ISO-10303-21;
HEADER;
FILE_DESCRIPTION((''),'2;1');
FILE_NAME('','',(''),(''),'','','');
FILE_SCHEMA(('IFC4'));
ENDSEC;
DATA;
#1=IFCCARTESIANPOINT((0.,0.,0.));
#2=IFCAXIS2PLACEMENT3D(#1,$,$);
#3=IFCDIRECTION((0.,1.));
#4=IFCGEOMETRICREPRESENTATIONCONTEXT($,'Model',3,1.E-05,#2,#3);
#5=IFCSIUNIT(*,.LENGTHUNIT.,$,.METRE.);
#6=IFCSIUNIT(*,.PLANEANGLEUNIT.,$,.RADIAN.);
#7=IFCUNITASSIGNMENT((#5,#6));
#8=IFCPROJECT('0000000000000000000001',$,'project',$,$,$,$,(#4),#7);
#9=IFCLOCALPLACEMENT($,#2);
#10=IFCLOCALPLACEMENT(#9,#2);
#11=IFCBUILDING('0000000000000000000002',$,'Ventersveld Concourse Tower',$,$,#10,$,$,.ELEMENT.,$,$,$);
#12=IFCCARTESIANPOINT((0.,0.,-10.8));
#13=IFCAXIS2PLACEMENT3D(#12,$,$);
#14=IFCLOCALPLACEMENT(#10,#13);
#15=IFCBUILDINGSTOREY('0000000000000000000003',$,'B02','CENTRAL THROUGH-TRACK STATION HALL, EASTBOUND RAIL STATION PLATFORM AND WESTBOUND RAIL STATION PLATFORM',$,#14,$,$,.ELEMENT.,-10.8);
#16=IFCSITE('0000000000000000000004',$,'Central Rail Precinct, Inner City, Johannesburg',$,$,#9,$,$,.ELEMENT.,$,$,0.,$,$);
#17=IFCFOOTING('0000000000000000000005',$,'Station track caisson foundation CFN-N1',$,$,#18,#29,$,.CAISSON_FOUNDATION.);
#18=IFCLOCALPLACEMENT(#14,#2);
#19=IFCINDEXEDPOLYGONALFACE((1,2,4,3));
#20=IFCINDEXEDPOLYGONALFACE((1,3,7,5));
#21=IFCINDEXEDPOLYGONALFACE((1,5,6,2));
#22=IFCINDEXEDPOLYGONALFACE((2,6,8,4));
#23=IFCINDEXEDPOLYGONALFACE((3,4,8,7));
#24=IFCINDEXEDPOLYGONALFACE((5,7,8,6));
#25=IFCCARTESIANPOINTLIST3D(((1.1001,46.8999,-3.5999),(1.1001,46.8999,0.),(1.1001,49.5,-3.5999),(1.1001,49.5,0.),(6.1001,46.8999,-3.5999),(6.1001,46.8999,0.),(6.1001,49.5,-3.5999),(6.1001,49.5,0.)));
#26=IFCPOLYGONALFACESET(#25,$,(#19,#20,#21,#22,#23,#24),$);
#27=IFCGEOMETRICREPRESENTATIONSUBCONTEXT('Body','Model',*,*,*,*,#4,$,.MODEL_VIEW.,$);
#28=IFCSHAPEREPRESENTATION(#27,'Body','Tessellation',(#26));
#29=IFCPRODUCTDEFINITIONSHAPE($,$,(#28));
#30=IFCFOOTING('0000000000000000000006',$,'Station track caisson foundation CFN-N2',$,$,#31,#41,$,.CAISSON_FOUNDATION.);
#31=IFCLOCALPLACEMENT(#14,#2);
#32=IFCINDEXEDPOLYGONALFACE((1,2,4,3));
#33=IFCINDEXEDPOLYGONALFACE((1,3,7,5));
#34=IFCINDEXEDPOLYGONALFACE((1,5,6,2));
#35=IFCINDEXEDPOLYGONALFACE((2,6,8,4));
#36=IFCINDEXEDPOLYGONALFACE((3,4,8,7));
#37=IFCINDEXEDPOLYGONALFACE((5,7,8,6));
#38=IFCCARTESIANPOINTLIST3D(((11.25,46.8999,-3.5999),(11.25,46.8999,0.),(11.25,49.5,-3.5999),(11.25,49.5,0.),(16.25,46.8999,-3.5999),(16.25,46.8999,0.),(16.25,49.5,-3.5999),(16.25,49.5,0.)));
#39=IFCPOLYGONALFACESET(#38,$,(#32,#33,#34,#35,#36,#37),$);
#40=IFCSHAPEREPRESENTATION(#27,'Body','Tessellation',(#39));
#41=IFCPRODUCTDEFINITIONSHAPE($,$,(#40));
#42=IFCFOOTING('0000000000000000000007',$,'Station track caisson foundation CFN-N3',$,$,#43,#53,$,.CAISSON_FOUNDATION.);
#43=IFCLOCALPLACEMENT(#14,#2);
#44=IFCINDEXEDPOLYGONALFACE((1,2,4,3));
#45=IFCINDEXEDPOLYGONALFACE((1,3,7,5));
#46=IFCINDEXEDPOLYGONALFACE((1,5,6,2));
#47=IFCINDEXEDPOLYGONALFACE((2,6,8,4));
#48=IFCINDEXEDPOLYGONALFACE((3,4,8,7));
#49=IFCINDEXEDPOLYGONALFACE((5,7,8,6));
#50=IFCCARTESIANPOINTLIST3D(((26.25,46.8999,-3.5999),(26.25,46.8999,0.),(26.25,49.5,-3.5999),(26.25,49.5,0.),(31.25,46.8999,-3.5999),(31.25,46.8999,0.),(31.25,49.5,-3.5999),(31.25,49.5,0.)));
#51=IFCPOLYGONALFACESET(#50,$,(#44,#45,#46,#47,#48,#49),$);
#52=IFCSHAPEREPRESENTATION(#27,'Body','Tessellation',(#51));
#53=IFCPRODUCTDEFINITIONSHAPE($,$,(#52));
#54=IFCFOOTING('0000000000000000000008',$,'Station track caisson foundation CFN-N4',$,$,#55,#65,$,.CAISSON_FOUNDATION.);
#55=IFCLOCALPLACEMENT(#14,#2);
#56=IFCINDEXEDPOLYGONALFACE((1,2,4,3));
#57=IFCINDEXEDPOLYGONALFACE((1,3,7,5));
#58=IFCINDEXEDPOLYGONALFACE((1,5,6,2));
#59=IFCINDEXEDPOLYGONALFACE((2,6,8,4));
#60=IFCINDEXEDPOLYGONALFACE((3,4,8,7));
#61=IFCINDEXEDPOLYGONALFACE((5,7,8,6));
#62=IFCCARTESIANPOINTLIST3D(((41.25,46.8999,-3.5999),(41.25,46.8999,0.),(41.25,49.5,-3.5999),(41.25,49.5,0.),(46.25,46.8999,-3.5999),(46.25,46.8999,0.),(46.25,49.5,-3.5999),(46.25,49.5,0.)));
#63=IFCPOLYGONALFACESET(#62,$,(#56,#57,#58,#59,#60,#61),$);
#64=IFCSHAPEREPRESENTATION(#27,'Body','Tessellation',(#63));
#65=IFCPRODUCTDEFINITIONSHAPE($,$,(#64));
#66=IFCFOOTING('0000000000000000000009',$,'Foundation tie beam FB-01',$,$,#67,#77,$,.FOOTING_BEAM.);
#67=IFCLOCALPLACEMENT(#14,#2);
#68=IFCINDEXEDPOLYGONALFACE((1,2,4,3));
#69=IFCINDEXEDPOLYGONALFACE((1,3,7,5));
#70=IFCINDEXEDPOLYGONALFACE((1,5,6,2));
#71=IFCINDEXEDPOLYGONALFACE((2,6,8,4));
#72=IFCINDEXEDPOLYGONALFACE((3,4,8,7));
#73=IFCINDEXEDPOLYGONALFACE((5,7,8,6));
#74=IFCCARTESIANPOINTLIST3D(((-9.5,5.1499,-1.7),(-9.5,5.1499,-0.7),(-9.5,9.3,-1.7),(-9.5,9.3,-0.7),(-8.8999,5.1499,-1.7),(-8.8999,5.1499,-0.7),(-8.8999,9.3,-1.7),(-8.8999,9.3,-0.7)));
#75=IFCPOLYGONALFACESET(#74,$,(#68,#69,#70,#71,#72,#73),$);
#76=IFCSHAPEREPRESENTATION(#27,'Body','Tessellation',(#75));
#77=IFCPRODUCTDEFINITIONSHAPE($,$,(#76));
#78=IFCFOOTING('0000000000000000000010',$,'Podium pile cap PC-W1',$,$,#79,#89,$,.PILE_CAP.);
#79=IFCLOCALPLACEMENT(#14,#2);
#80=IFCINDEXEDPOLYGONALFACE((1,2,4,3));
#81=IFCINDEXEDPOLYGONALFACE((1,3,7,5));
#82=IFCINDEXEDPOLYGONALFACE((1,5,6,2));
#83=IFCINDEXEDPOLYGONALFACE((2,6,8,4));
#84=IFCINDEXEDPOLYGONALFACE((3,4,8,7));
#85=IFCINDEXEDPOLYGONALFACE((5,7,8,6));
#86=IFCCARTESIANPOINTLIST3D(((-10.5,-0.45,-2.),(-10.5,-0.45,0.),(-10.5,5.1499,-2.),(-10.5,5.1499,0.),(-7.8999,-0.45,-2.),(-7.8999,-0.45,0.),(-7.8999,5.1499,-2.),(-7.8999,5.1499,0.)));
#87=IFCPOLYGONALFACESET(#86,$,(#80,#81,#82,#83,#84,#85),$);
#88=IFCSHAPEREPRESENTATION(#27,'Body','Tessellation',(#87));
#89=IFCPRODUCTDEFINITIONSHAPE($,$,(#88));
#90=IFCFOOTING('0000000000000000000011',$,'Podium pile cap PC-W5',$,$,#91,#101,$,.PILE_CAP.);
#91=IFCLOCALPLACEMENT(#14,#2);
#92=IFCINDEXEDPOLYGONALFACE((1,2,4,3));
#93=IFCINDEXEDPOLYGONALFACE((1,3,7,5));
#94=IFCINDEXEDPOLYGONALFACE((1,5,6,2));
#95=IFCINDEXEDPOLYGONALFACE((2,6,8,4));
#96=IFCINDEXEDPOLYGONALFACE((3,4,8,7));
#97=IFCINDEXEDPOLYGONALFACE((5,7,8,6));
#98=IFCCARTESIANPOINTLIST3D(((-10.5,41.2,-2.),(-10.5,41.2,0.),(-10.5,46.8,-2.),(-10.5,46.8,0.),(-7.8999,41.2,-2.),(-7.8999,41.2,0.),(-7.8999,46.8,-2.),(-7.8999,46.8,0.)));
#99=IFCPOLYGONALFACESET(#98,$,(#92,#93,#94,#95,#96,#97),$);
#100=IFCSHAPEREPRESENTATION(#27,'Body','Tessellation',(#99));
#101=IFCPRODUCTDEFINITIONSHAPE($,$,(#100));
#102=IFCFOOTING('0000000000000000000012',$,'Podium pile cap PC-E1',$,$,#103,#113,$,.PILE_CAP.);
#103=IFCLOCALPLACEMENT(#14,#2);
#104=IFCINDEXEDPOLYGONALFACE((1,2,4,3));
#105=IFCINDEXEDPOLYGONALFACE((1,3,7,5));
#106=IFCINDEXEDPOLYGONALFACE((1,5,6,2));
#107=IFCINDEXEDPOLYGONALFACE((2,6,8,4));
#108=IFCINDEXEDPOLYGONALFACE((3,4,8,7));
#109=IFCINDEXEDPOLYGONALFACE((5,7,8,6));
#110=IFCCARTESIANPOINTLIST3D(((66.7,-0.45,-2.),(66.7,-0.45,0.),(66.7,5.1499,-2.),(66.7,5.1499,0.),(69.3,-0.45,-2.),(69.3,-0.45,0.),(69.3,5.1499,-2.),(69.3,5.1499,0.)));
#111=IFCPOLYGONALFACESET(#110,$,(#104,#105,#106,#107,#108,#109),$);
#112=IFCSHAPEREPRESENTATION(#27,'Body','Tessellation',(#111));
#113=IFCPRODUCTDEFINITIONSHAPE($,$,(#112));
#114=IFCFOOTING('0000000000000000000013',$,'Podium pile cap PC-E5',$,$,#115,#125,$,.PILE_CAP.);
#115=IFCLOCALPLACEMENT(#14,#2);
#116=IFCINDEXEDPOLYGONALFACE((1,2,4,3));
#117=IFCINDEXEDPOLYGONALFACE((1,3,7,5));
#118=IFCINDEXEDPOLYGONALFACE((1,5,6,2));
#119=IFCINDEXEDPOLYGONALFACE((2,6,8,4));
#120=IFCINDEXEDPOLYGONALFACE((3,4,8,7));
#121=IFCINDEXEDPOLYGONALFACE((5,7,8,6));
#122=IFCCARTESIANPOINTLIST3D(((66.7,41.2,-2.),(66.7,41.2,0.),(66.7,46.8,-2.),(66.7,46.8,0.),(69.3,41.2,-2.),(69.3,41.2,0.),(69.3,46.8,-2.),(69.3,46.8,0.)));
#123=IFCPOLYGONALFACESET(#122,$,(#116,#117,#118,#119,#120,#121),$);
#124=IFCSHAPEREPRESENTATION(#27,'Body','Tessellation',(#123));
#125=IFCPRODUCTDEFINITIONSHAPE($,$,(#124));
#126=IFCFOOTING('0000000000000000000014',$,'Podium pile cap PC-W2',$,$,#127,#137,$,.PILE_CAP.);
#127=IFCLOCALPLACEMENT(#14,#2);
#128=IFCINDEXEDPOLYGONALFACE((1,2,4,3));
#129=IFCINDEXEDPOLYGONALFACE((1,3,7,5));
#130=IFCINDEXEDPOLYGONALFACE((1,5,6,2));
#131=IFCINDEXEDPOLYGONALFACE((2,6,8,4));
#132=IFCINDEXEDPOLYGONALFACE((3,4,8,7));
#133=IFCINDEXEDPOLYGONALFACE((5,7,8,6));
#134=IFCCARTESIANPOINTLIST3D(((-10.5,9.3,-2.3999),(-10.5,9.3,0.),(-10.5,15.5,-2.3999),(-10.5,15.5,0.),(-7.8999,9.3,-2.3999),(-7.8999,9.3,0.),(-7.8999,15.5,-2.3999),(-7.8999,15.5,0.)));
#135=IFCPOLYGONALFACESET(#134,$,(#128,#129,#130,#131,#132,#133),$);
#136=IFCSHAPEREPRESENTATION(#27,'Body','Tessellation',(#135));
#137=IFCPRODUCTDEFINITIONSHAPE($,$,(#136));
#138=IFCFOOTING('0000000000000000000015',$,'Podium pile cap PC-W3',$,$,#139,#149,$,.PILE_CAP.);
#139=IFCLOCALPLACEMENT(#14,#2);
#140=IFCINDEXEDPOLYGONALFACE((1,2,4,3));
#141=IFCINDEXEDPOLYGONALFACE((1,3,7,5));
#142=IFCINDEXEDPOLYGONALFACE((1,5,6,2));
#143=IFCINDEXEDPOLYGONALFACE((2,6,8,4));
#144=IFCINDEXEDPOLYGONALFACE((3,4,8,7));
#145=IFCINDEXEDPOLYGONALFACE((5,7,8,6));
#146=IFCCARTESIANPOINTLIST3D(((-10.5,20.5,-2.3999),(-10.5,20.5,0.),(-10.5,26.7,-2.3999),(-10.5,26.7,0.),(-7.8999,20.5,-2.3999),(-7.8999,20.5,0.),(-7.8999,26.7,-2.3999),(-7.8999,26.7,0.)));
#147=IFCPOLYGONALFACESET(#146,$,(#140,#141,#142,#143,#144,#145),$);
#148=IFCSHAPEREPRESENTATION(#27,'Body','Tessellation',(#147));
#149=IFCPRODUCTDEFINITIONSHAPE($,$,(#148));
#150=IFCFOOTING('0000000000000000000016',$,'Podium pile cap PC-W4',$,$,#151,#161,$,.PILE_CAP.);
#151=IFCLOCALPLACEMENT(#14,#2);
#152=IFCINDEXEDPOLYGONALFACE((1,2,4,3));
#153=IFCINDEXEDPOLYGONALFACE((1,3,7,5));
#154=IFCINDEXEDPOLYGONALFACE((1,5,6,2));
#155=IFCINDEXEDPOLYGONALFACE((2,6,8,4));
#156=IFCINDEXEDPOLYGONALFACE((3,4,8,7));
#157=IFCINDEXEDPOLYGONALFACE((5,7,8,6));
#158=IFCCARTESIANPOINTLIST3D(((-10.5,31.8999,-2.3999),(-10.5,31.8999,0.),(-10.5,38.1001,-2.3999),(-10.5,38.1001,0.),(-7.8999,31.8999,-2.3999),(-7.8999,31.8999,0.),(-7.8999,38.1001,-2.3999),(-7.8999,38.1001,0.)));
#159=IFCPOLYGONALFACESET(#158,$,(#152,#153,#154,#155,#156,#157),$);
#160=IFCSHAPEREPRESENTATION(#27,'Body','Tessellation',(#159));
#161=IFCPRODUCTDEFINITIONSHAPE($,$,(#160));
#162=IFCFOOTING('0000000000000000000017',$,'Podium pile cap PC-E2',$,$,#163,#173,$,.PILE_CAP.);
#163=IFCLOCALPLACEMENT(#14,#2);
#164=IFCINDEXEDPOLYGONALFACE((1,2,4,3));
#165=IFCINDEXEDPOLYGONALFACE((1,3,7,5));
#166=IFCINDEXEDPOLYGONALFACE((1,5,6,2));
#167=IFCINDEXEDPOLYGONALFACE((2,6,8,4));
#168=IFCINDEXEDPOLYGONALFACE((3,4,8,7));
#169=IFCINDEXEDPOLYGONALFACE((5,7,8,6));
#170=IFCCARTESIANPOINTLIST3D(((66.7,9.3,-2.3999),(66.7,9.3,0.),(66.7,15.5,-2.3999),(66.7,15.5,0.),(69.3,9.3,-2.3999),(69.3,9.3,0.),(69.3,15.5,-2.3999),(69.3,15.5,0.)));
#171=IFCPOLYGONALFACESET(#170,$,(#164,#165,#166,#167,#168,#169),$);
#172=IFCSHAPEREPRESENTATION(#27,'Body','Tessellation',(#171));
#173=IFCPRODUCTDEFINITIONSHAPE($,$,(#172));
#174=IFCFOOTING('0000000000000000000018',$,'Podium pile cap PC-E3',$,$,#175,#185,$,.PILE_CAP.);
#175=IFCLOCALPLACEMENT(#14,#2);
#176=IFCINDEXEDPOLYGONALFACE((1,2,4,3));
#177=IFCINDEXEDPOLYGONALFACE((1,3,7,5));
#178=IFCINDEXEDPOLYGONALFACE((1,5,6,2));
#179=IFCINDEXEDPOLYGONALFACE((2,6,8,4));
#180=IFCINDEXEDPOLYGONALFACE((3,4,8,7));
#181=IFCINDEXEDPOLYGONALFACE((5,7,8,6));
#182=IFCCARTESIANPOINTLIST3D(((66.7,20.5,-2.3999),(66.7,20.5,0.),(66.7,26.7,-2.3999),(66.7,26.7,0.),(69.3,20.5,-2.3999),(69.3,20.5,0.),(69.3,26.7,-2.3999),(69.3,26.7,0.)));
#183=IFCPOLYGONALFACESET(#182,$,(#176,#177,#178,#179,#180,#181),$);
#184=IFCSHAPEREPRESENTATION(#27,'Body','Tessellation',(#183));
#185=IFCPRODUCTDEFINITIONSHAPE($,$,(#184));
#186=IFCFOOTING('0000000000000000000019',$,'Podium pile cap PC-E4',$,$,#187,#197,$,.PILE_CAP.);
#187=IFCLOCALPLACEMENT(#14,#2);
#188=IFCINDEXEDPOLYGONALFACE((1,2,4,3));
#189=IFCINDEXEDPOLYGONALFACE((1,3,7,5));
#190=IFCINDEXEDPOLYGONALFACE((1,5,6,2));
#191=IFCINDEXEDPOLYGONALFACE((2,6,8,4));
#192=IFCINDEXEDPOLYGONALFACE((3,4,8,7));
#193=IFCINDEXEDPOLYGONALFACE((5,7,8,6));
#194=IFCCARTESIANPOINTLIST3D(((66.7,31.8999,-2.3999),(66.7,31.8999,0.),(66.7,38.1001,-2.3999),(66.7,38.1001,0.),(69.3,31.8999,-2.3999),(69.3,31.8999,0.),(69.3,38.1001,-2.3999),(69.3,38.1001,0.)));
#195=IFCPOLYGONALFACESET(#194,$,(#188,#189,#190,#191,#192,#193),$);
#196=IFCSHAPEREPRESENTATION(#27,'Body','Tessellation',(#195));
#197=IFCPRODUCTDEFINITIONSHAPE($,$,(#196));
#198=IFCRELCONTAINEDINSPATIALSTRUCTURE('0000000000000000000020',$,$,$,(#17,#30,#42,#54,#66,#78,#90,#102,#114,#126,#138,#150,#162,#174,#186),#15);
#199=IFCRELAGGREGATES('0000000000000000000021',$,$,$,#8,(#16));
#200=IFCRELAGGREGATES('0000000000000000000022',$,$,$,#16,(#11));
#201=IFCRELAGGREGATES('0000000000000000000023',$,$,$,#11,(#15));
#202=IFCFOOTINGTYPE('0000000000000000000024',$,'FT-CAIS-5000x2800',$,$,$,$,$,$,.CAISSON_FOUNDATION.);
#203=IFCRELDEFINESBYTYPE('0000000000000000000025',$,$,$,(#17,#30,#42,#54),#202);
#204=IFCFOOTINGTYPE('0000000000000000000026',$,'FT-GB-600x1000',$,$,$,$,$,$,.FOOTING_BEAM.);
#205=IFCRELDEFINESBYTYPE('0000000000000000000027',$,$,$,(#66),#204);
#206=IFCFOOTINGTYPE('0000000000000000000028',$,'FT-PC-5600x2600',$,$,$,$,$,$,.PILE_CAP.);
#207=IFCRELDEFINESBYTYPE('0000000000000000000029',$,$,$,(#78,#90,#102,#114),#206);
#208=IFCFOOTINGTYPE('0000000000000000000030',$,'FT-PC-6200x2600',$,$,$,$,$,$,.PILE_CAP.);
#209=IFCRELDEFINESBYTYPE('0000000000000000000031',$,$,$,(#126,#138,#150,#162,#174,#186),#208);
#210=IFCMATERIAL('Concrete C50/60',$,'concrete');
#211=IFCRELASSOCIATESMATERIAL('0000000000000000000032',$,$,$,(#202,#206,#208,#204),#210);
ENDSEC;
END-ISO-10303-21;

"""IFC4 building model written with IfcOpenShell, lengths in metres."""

from ifc_helpers import new_model, si_unit, direction, frame, origin, origin_2d, place, context, subcontext, project, spatial, polyline, rectangle, outline, extrude, material, material_profile, profile_set, type_object, element, save


model = new_model("IFC4")

# Units and contexts
model_context = context("Model", 3, precision=1e-05, world=origin(), true_north=direction((0.0, 1.0)))
body_context = subcontext(model_context, "Body", "Model", "MODEL_VIEW")
ifc_project = project(units=[si_unit("LENGTHUNIT", "METRE"), si_unit("PLANEANGLEUNIT", "RADIAN")], contexts=[model_context])

# Site, building, storey
site_placement = place(None, origin())
site = spatial("IfcSite", under=ifc_project, at=site_placement, Name="Central Rail Precinct, Inner City, Johannesburg", CompositionType="ELEMENT", RefElevation=0.0)
building_placement = place(site_placement, origin())
building = spatial("IfcBuilding", under=site, at=building_placement, Name="Ventersveld Concourse Tower", CompositionType="ELEMENT")
storey_placement = place(building_placement, frame((0.0, 0.0, -10.8)))
storey = spatial("IfcBuildingStorey", under=building, at=storey_placement, Name="B02", Description="CENTRAL THROUGH-TRACK STATION HALL, EASTBOUND RAIL STATION PLATFORM AND WESTBOUND RAIL STATION PLATFORM", CompositionType="ELEMENT", Elevation=-10.8)

# Footings
ifc_material_1 = material(Name="Concrete C50/60", Category="concrete")
footing_type_1 = type_object("IfcFootingType", Name="FT-CAIS-5000x2800", PredefinedType="CAISSON_FOUNDATION", material=ifc_material_1)
footing_1_placement = place(storey_placement, frame((0.0, 0.0, -3.5999)))
element("IfcFooting", 1, at=footing_1_placement, inside=storey, type_object=footing_type_1, Name="Station track caisson foundation CFN-N1", PredefinedType="CAISSON_FOUNDATION", context=body_context, shape_type="SweptSolid", body=[
    extrude(outline(polyline([(1.1001, 46.8999), (6.1001, 46.8999), (6.1001, 49.5), (1.1001, 49.5), (1.1001, 46.8999)])), origin(), (0.0, 0.0, 1.0), 3.5999),
])
footing_2_placement = place(storey_placement, frame((0.0, 0.0, -3.5999)))
element("IfcFooting", 2, at=footing_2_placement, inside=storey, type_object=footing_type_1, Name="Station track caisson foundation CFN-N2", PredefinedType="CAISSON_FOUNDATION", context=body_context, shape_type="SweptSolid", body=[
    extrude(outline(polyline([(11.25, 46.8999), (16.25, 46.8999), (16.25, 49.5), (11.25, 49.5), (11.25, 46.8999)])), origin(), (0.0, 0.0, 1.0), 3.5999),
])
footing_3_placement = place(storey_placement, frame((0.0, 0.0, -3.5999)))
element("IfcFooting", 3, at=footing_3_placement, inside=storey, type_object=footing_type_1, Name="Station track caisson foundation CFN-N3", PredefinedType="CAISSON_FOUNDATION", context=body_context, shape_type="SweptSolid", body=[
    extrude(outline(polyline([(26.25, 46.8999), (31.25, 46.8999), (31.25, 49.5), (26.25, 49.5), (26.25, 46.8999)])), origin(), (0.0, 0.0, 1.0), 3.5999),
])
footing_4_placement = place(storey_placement, frame((0.0, 0.0, -3.5999)))
element("IfcFooting", 4, at=footing_4_placement, inside=storey, type_object=footing_type_1, Name="Station track caisson foundation CFN-N4", PredefinedType="CAISSON_FOUNDATION", context=body_context, shape_type="SweptSolid", body=[
    extrude(outline(polyline([(41.25, 46.8999), (46.25, 46.8999), (46.25, 49.5), (41.25, 49.5), (41.25, 46.8999)])), origin(), (0.0, 0.0, 1.0), 3.5999),
])
ifc_material_profile_1 = material_profile(ifc_material_1, rectangle(XDim=0.6001, YDim=1.0, at=origin_2d()), Name="GB 600x1000")
ifc_profile_set_1 = profile_set([ifc_material_profile_1], Name="Concrete C50/60")
footing_type_2 = type_object("IfcFootingType", Name="FT-GB-600x1000", PredefinedType="FOOTING_BEAM", material=ifc_profile_set_1)
footing_5_placement = place(storey_placement, frame((-9.2, 5.1499, -1.2), z_axis=(0.0, 1.0, 0.0), x_axis=(-1.0, 0.0, 0.0)))
element("IfcFooting", 5, at=footing_5_placement, inside=storey, type_object=footing_type_2, Name="Foundation tie beam FB-01", PredefinedType="FOOTING_BEAM", context=body_context, shape_type="SweptSolid", body=[
    extrude(rectangle(XDim=0.6001, YDim=1.0, at=origin_2d()), origin(), (0.0, 0.0, 1.0), 4.1501),
])
footing_type_3 = type_object("IfcFootingType", Name="FT-PC-5600x2600", PredefinedType="PILE_CAP", material=ifc_material_1)
footing_6_placement = place(storey_placement, frame((0.0, 0.0, -2.0)))
element("IfcFooting", 6, at=footing_6_placement, inside=storey, type_object=footing_type_3, Name="Podium pile cap PC-W1", PredefinedType="PILE_CAP", context=body_context, shape_type="SweptSolid", body=[
    extrude(outline(polyline([(-10.5, -0.45), (-7.8999, -0.45), (-7.8999, 5.1499), (-10.5, 5.1499), (-10.5, -0.45)])), origin(), (0.0, 0.0, 1.0), 2.0),
])
footing_7_placement = place(storey_placement, frame((0.0, 0.0, -2.0)))
element("IfcFooting", 7, at=footing_7_placement, inside=storey, type_object=footing_type_3, Name="Podium pile cap PC-W5", PredefinedType="PILE_CAP", context=body_context, shape_type="SweptSolid", body=[
    extrude(outline(polyline([(-10.5, 41.2), (-7.8999, 41.2), (-7.8999, 46.8), (-10.5, 46.8), (-10.5, 41.2)])), origin(), (0.0, 0.0, 1.0), 2.0),
])
footing_8_placement = place(storey_placement, frame((0.0, 0.0, -2.0)))
element("IfcFooting", 8, at=footing_8_placement, inside=storey, type_object=footing_type_3, Name="Podium pile cap PC-E1", PredefinedType="PILE_CAP", context=body_context, shape_type="SweptSolid", body=[
    extrude(outline(polyline([(66.7, -0.45), (69.3, -0.45), (69.3, 5.1499), (66.7, 5.1499), (66.7, -0.45)])), origin(), (0.0, 0.0, 1.0), 2.0),
])
footing_9_placement = place(storey_placement, frame((0.0, 0.0, -2.0)))
element("IfcFooting", 9, at=footing_9_placement, inside=storey, type_object=footing_type_3, Name="Podium pile cap PC-E5", PredefinedType="PILE_CAP", context=body_context, shape_type="SweptSolid", body=[
    extrude(outline(polyline([(66.7, 41.2), (69.3, 41.2), (69.3, 46.8), (66.7, 46.8), (66.7, 41.2)])), origin(), (0.0, 0.0, 1.0), 2.0),
])
footing_type_4 = type_object("IfcFootingType", Name="FT-PC-6200x2600", PredefinedType="PILE_CAP", material=ifc_material_1)
footing_10_placement = place(storey_placement, frame((0.0, 0.0, -2.3999)))
element("IfcFooting", 10, at=footing_10_placement, inside=storey, type_object=footing_type_4, Name="Podium pile cap PC-W2", PredefinedType="PILE_CAP", context=body_context, shape_type="SweptSolid", body=[
    extrude(outline(polyline([(-10.5, 9.3), (-7.8999, 9.3), (-7.8999, 15.5), (-10.5, 15.5), (-10.5, 9.3)])), origin(), (0.0, 0.0, 1.0), 2.3999),
])
footing_11_placement = place(storey_placement, frame((0.0, 0.0, -2.3999)))
element("IfcFooting", 11, at=footing_11_placement, inside=storey, type_object=footing_type_4, Name="Podium pile cap PC-W3", PredefinedType="PILE_CAP", context=body_context, shape_type="SweptSolid", body=[
    extrude(outline(polyline([(-10.5, 20.5), (-7.8999, 20.5), (-7.8999, 26.7), (-10.5, 26.7), (-10.5, 20.5)])), origin(), (0.0, 0.0, 1.0), 2.3999),
])
footing_12_placement = place(storey_placement, frame((0.0, 0.0, -2.3999)))
element("IfcFooting", 12, at=footing_12_placement, inside=storey, type_object=footing_type_4, Name="Podium pile cap PC-W4", PredefinedType="PILE_CAP", context=body_context, shape_type="SweptSolid", body=[
    extrude(outline(polyline([(-10.5, 31.8999), (-7.8999, 31.8999), (-7.8999, 38.1001), (-10.5, 38.1001), (-10.5, 31.8999)])), origin(), (0.0, 0.0, 1.0), 2.3999),
])
footing_13_placement = place(storey_placement, frame((0.0, 0.0, -2.3999)))
element("IfcFooting", 13, at=footing_13_placement, inside=storey, type_object=footing_type_4, Name="Podium pile cap PC-E2", PredefinedType="PILE_CAP", context=body_context, shape_type="SweptSolid", body=[
    extrude(outline(polyline([(66.7, 9.3), (69.3, 9.3), (69.3, 15.5), (66.7, 15.5), (66.7, 9.3)])), origin(), (0.0, 0.0, 1.0), 2.3999),
])
footing_14_placement = place(storey_placement, frame((0.0, 0.0, -2.3999)))
element("IfcFooting", 14, at=footing_14_placement, inside=storey, type_object=footing_type_4, Name="Podium pile cap PC-E3", PredefinedType="PILE_CAP", context=body_context, shape_type="SweptSolid", body=[
    extrude(outline(polyline([(66.7, 20.5), (69.3, 20.5), (69.3, 26.7), (66.7, 26.7), (66.7, 20.5)])), origin(), (0.0, 0.0, 1.0), 2.3999),
])
footing_15_placement = place(storey_placement, frame((0.0, 0.0, -2.3999)))
element("IfcFooting", 15, at=footing_15_placement, inside=storey, type_object=footing_type_4, Name="Podium pile cap PC-E4", PredefinedType="PILE_CAP", context=body_context, shape_type="SweptSolid", body=[
    extrude(outline(polyline([(66.7, 31.8999), (69.3, 31.8999), (69.3, 38.1001), (66.7, 38.1001), (66.7, 31.8999)])), origin(), (0.0, 0.0, 1.0), 2.3999),
])

save(model, "model.ifc")
